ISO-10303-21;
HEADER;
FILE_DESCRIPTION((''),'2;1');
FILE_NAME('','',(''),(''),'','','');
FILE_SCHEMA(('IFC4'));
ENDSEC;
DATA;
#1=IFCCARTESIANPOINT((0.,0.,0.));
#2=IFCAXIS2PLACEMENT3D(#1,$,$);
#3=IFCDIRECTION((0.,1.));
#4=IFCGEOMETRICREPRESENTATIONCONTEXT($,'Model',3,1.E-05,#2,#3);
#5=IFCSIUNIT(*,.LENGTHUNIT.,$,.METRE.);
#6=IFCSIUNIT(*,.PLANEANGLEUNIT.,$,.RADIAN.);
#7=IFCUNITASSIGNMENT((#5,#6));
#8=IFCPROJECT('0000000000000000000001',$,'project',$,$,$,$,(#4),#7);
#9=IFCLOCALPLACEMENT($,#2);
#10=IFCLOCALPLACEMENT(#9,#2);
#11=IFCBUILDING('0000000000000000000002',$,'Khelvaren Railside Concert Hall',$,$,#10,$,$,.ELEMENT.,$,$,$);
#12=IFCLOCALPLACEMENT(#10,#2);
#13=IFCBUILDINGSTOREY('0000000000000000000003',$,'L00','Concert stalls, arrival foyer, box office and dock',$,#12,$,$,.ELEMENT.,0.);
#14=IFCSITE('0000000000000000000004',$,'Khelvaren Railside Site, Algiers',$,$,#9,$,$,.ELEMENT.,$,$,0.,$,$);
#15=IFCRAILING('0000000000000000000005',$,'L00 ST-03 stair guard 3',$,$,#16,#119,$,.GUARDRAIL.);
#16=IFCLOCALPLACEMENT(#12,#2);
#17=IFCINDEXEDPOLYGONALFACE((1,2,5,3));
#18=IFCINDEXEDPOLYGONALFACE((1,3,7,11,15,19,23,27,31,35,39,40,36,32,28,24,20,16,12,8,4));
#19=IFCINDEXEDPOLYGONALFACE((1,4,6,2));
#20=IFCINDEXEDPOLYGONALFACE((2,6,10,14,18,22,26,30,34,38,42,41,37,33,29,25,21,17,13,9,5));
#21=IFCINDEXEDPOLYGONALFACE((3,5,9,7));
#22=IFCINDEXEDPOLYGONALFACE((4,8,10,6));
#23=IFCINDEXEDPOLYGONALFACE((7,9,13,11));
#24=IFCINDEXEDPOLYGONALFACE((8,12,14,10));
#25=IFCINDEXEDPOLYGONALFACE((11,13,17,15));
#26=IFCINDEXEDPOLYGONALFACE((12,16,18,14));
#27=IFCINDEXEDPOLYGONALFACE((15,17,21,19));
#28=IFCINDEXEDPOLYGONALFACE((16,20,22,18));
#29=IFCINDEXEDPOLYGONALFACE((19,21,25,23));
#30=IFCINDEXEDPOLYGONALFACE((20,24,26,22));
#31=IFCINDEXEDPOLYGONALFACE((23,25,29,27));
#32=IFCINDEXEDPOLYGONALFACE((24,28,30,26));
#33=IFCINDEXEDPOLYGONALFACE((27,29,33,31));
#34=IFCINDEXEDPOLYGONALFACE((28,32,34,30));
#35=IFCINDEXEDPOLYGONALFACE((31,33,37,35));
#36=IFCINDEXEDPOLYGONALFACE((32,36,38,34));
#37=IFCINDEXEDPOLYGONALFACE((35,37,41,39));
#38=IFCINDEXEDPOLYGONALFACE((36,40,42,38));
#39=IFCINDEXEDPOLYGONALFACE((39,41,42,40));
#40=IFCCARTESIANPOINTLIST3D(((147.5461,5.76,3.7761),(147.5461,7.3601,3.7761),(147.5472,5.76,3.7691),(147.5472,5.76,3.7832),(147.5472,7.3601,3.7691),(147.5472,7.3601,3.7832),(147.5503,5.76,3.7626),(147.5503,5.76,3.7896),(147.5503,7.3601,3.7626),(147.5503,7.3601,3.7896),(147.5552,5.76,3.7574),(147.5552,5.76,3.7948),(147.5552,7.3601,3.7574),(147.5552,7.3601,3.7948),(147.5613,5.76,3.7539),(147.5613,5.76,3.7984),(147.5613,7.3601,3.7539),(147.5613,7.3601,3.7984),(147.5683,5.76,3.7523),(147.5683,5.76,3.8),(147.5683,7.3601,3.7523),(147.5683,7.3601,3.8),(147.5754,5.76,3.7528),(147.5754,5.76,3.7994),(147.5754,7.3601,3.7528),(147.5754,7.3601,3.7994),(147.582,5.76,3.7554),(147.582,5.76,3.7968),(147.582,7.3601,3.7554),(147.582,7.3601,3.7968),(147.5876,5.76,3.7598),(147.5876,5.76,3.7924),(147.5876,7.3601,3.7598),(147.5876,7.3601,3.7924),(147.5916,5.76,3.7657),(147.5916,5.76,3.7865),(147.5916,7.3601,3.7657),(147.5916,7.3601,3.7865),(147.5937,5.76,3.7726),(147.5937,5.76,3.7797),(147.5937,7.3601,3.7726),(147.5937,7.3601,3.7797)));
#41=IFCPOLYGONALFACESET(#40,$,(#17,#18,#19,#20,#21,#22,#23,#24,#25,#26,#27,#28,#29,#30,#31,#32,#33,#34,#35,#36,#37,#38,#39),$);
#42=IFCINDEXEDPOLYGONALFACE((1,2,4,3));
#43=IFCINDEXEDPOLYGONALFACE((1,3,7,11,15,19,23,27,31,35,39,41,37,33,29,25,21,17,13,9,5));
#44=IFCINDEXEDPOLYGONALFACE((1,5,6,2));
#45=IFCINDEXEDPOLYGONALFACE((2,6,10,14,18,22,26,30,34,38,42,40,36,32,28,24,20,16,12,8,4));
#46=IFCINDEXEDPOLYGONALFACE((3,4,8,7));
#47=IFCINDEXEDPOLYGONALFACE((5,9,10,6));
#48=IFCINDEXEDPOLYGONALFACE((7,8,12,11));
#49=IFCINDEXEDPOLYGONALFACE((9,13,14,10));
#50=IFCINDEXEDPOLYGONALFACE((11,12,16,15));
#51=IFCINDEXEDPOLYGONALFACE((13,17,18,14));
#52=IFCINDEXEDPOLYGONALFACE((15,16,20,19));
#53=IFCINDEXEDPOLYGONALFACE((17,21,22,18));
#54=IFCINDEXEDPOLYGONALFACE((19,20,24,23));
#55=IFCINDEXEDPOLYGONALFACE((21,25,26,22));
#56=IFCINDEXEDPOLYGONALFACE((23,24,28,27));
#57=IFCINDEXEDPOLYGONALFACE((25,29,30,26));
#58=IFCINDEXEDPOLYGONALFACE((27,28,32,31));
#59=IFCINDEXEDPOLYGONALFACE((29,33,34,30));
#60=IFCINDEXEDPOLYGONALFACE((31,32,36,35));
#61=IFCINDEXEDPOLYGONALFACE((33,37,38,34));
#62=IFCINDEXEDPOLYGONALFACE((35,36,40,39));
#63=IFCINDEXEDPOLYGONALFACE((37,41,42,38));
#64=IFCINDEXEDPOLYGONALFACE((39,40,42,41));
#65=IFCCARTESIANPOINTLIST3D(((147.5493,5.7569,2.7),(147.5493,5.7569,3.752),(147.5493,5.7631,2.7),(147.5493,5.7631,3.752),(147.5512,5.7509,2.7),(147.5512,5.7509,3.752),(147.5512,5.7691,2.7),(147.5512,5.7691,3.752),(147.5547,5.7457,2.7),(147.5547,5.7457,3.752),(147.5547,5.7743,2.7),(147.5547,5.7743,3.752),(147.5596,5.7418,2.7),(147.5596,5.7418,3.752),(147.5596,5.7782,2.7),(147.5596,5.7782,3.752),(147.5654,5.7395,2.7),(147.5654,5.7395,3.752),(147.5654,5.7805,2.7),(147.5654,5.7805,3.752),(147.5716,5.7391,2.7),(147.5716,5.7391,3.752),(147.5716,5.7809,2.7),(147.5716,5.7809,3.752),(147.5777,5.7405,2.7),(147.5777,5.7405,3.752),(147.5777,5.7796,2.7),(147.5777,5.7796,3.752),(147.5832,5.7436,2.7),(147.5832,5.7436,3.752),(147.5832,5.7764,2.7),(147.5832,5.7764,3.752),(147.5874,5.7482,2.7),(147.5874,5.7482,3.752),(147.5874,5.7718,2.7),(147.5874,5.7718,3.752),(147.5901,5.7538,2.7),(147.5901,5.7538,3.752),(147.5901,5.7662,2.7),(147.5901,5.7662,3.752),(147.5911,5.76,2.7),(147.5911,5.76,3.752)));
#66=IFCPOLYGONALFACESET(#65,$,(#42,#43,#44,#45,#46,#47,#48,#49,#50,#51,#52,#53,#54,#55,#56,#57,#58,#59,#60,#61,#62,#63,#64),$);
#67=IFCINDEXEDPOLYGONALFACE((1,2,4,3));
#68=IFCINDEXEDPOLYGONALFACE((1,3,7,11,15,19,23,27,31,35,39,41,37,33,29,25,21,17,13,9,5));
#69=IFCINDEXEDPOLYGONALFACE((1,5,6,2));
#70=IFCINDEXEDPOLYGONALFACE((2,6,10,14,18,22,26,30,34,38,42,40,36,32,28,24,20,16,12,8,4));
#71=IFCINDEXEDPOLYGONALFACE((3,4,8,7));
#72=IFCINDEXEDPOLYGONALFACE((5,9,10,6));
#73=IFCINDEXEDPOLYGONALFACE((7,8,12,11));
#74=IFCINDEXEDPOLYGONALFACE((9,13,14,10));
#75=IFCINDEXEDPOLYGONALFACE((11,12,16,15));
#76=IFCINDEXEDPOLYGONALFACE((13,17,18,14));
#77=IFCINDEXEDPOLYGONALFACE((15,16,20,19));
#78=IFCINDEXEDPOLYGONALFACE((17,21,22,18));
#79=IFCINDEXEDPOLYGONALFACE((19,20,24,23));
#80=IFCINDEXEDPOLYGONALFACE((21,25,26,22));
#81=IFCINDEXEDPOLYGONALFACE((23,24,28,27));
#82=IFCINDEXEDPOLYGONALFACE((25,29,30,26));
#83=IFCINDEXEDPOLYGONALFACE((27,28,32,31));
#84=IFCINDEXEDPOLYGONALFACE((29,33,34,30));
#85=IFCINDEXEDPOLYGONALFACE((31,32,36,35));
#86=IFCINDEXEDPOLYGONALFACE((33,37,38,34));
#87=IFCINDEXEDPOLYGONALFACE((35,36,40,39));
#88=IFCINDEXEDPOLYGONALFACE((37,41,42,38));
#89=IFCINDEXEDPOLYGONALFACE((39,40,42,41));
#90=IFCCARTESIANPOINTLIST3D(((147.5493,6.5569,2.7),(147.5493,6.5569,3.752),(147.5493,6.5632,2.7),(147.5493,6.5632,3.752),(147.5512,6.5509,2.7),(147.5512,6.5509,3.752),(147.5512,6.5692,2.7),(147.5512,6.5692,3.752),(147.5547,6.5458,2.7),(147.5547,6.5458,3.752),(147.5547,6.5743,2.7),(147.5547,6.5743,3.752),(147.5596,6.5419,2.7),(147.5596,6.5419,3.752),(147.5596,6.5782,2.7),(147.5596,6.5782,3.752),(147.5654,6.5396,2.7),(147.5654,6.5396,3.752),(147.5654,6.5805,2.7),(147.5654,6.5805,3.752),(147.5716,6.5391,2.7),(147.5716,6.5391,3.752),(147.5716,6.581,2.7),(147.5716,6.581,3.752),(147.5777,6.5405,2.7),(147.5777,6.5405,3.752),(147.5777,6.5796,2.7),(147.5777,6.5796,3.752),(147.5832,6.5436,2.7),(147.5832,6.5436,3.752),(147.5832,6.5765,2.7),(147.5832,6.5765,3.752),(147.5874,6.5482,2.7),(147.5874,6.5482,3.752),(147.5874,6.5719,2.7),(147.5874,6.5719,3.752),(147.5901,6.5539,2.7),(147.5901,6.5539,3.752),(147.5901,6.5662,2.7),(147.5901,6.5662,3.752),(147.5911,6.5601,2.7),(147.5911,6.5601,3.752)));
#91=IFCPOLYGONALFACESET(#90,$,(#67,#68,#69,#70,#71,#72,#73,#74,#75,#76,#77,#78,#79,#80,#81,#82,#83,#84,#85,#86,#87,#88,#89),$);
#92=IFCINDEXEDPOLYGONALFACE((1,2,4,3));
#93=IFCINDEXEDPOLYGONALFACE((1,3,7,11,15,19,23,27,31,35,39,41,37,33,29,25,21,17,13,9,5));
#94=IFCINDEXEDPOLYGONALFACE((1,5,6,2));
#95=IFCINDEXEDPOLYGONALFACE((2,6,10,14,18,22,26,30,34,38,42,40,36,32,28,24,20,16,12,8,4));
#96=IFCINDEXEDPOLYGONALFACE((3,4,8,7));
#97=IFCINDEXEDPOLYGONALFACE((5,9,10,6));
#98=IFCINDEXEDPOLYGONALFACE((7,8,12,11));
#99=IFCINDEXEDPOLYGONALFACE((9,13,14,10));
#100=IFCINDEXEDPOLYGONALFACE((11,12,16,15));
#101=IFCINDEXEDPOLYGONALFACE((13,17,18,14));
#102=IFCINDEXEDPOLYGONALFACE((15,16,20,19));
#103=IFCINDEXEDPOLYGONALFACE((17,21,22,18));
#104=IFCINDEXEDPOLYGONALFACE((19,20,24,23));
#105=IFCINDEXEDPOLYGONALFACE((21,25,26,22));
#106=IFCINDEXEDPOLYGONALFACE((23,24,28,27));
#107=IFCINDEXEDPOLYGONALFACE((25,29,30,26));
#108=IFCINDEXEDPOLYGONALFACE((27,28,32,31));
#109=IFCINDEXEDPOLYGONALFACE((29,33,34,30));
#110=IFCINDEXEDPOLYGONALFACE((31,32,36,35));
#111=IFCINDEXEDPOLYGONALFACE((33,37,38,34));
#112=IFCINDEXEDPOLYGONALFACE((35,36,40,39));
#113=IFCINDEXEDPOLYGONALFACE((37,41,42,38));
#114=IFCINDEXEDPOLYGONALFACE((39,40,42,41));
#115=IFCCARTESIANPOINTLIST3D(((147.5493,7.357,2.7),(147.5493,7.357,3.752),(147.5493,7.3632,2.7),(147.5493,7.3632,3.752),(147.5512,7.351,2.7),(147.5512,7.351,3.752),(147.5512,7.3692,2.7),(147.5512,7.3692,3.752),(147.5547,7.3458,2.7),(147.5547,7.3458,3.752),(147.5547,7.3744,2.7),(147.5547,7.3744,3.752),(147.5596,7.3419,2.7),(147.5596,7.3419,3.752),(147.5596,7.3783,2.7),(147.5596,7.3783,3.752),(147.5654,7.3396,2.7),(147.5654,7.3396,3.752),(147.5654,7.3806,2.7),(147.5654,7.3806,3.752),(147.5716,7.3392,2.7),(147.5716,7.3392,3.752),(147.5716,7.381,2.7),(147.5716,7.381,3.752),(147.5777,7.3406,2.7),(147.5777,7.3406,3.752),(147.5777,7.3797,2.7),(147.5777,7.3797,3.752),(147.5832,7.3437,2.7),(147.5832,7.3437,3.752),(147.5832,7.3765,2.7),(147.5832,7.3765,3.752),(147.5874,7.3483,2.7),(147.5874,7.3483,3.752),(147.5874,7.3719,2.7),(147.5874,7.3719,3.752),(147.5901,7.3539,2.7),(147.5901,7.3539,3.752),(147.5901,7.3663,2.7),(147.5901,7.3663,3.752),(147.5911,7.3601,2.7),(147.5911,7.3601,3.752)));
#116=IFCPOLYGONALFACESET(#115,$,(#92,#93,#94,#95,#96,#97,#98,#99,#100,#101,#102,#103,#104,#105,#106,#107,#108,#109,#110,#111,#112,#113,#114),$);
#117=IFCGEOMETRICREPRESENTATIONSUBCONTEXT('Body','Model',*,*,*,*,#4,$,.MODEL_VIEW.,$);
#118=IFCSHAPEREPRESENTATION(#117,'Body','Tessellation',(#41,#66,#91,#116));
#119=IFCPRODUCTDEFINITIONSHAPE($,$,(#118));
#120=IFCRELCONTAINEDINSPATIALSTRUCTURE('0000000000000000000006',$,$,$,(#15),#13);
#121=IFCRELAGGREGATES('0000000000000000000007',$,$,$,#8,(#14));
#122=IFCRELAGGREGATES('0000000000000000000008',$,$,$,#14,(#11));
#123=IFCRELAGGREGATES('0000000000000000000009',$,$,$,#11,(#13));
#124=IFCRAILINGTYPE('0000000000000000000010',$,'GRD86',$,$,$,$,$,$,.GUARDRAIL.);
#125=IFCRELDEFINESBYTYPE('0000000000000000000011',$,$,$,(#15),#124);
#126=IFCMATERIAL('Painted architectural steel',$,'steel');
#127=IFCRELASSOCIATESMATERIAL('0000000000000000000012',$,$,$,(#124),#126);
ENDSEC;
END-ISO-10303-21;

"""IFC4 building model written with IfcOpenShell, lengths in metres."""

from ifc_helpers import new_model, si_unit, direction, frame, origin, origin_2d, place, context, subcontext, project, spatial, circle, extrude, material, type_object, element, save


model = new_model("IFC4")

# Units and contexts
model_context = context("Model", 3, precision=1e-05, world=origin(), true_north=direction((0.0, 1.0)))
body_context = subcontext(model_context, "Body", "Model", "MODEL_VIEW")
ifc_project = project(units=[si_unit("LENGTHUNIT", "METRE"), si_unit("PLANEANGLEUNIT", "RADIAN")], contexts=[model_context])

# Site, building, storey
site_placement = place(None, origin())
site = spatial("IfcSite", under=ifc_project, at=site_placement, Name="Khelvaren Railside Site, Algiers", CompositionType="ELEMENT", RefElevation=0.0)
building_placement = place(site_placement, origin())
building = spatial("IfcBuilding", under=site, at=building_placement, Name="Khelvaren Railside Concert Hall", CompositionType="ELEMENT")
storey_placement = place(building_placement, origin())
storey = spatial("IfcBuildingStorey", under=building, at=storey_placement, Name="L00", Description="Concert stalls, arrival foyer, box office and dock", CompositionType="ELEMENT", Elevation=0.0)

# Railing
ifc_material_1 = material(Name="Painted architectural steel", Category="steel")
railing_type_1 = type_object("IfcRailingType", Name="GRD86", PredefinedType="GUARDRAIL", material=ifc_material_1)
railing_1_placement = place(storey_placement, frame((147.5701, 5.76, 2.7)))
element("IfcRailing", 1, at=railing_1_placement, inside=storey, type_object=railing_type_1, Name="L00 ST-03 stair guard 3", PredefinedType="GUARDRAIL", context=body_context, shape_type="SweptSolid", body=[
    extrude(circle(Radius=0.0239, at=origin_2d()), frame((0.0, 0.0, 1.0762), z_axis=(0.0, 1.0, 0.0), x_axis=(-1.0, 0.0, 0.0)), (0.0, 0.0, 1.0), 1.6001),
    extrude(circle(Radius=0.021, at=origin_2d()), origin(), (0.0, 0.0, 1.0), 1.052),
    extrude(circle(Radius=0.021, at=origin_2d()), frame((0.0, 0.8, 0.0)), (0.0, 0.0, 1.0), 1.052),
    extrude(circle(Radius=0.021, at=origin_2d()), frame((0.0, 1.6001, 0.0)), (0.0, 0.0, 1.0), 1.052),
])

save(model, "model.ifc")
